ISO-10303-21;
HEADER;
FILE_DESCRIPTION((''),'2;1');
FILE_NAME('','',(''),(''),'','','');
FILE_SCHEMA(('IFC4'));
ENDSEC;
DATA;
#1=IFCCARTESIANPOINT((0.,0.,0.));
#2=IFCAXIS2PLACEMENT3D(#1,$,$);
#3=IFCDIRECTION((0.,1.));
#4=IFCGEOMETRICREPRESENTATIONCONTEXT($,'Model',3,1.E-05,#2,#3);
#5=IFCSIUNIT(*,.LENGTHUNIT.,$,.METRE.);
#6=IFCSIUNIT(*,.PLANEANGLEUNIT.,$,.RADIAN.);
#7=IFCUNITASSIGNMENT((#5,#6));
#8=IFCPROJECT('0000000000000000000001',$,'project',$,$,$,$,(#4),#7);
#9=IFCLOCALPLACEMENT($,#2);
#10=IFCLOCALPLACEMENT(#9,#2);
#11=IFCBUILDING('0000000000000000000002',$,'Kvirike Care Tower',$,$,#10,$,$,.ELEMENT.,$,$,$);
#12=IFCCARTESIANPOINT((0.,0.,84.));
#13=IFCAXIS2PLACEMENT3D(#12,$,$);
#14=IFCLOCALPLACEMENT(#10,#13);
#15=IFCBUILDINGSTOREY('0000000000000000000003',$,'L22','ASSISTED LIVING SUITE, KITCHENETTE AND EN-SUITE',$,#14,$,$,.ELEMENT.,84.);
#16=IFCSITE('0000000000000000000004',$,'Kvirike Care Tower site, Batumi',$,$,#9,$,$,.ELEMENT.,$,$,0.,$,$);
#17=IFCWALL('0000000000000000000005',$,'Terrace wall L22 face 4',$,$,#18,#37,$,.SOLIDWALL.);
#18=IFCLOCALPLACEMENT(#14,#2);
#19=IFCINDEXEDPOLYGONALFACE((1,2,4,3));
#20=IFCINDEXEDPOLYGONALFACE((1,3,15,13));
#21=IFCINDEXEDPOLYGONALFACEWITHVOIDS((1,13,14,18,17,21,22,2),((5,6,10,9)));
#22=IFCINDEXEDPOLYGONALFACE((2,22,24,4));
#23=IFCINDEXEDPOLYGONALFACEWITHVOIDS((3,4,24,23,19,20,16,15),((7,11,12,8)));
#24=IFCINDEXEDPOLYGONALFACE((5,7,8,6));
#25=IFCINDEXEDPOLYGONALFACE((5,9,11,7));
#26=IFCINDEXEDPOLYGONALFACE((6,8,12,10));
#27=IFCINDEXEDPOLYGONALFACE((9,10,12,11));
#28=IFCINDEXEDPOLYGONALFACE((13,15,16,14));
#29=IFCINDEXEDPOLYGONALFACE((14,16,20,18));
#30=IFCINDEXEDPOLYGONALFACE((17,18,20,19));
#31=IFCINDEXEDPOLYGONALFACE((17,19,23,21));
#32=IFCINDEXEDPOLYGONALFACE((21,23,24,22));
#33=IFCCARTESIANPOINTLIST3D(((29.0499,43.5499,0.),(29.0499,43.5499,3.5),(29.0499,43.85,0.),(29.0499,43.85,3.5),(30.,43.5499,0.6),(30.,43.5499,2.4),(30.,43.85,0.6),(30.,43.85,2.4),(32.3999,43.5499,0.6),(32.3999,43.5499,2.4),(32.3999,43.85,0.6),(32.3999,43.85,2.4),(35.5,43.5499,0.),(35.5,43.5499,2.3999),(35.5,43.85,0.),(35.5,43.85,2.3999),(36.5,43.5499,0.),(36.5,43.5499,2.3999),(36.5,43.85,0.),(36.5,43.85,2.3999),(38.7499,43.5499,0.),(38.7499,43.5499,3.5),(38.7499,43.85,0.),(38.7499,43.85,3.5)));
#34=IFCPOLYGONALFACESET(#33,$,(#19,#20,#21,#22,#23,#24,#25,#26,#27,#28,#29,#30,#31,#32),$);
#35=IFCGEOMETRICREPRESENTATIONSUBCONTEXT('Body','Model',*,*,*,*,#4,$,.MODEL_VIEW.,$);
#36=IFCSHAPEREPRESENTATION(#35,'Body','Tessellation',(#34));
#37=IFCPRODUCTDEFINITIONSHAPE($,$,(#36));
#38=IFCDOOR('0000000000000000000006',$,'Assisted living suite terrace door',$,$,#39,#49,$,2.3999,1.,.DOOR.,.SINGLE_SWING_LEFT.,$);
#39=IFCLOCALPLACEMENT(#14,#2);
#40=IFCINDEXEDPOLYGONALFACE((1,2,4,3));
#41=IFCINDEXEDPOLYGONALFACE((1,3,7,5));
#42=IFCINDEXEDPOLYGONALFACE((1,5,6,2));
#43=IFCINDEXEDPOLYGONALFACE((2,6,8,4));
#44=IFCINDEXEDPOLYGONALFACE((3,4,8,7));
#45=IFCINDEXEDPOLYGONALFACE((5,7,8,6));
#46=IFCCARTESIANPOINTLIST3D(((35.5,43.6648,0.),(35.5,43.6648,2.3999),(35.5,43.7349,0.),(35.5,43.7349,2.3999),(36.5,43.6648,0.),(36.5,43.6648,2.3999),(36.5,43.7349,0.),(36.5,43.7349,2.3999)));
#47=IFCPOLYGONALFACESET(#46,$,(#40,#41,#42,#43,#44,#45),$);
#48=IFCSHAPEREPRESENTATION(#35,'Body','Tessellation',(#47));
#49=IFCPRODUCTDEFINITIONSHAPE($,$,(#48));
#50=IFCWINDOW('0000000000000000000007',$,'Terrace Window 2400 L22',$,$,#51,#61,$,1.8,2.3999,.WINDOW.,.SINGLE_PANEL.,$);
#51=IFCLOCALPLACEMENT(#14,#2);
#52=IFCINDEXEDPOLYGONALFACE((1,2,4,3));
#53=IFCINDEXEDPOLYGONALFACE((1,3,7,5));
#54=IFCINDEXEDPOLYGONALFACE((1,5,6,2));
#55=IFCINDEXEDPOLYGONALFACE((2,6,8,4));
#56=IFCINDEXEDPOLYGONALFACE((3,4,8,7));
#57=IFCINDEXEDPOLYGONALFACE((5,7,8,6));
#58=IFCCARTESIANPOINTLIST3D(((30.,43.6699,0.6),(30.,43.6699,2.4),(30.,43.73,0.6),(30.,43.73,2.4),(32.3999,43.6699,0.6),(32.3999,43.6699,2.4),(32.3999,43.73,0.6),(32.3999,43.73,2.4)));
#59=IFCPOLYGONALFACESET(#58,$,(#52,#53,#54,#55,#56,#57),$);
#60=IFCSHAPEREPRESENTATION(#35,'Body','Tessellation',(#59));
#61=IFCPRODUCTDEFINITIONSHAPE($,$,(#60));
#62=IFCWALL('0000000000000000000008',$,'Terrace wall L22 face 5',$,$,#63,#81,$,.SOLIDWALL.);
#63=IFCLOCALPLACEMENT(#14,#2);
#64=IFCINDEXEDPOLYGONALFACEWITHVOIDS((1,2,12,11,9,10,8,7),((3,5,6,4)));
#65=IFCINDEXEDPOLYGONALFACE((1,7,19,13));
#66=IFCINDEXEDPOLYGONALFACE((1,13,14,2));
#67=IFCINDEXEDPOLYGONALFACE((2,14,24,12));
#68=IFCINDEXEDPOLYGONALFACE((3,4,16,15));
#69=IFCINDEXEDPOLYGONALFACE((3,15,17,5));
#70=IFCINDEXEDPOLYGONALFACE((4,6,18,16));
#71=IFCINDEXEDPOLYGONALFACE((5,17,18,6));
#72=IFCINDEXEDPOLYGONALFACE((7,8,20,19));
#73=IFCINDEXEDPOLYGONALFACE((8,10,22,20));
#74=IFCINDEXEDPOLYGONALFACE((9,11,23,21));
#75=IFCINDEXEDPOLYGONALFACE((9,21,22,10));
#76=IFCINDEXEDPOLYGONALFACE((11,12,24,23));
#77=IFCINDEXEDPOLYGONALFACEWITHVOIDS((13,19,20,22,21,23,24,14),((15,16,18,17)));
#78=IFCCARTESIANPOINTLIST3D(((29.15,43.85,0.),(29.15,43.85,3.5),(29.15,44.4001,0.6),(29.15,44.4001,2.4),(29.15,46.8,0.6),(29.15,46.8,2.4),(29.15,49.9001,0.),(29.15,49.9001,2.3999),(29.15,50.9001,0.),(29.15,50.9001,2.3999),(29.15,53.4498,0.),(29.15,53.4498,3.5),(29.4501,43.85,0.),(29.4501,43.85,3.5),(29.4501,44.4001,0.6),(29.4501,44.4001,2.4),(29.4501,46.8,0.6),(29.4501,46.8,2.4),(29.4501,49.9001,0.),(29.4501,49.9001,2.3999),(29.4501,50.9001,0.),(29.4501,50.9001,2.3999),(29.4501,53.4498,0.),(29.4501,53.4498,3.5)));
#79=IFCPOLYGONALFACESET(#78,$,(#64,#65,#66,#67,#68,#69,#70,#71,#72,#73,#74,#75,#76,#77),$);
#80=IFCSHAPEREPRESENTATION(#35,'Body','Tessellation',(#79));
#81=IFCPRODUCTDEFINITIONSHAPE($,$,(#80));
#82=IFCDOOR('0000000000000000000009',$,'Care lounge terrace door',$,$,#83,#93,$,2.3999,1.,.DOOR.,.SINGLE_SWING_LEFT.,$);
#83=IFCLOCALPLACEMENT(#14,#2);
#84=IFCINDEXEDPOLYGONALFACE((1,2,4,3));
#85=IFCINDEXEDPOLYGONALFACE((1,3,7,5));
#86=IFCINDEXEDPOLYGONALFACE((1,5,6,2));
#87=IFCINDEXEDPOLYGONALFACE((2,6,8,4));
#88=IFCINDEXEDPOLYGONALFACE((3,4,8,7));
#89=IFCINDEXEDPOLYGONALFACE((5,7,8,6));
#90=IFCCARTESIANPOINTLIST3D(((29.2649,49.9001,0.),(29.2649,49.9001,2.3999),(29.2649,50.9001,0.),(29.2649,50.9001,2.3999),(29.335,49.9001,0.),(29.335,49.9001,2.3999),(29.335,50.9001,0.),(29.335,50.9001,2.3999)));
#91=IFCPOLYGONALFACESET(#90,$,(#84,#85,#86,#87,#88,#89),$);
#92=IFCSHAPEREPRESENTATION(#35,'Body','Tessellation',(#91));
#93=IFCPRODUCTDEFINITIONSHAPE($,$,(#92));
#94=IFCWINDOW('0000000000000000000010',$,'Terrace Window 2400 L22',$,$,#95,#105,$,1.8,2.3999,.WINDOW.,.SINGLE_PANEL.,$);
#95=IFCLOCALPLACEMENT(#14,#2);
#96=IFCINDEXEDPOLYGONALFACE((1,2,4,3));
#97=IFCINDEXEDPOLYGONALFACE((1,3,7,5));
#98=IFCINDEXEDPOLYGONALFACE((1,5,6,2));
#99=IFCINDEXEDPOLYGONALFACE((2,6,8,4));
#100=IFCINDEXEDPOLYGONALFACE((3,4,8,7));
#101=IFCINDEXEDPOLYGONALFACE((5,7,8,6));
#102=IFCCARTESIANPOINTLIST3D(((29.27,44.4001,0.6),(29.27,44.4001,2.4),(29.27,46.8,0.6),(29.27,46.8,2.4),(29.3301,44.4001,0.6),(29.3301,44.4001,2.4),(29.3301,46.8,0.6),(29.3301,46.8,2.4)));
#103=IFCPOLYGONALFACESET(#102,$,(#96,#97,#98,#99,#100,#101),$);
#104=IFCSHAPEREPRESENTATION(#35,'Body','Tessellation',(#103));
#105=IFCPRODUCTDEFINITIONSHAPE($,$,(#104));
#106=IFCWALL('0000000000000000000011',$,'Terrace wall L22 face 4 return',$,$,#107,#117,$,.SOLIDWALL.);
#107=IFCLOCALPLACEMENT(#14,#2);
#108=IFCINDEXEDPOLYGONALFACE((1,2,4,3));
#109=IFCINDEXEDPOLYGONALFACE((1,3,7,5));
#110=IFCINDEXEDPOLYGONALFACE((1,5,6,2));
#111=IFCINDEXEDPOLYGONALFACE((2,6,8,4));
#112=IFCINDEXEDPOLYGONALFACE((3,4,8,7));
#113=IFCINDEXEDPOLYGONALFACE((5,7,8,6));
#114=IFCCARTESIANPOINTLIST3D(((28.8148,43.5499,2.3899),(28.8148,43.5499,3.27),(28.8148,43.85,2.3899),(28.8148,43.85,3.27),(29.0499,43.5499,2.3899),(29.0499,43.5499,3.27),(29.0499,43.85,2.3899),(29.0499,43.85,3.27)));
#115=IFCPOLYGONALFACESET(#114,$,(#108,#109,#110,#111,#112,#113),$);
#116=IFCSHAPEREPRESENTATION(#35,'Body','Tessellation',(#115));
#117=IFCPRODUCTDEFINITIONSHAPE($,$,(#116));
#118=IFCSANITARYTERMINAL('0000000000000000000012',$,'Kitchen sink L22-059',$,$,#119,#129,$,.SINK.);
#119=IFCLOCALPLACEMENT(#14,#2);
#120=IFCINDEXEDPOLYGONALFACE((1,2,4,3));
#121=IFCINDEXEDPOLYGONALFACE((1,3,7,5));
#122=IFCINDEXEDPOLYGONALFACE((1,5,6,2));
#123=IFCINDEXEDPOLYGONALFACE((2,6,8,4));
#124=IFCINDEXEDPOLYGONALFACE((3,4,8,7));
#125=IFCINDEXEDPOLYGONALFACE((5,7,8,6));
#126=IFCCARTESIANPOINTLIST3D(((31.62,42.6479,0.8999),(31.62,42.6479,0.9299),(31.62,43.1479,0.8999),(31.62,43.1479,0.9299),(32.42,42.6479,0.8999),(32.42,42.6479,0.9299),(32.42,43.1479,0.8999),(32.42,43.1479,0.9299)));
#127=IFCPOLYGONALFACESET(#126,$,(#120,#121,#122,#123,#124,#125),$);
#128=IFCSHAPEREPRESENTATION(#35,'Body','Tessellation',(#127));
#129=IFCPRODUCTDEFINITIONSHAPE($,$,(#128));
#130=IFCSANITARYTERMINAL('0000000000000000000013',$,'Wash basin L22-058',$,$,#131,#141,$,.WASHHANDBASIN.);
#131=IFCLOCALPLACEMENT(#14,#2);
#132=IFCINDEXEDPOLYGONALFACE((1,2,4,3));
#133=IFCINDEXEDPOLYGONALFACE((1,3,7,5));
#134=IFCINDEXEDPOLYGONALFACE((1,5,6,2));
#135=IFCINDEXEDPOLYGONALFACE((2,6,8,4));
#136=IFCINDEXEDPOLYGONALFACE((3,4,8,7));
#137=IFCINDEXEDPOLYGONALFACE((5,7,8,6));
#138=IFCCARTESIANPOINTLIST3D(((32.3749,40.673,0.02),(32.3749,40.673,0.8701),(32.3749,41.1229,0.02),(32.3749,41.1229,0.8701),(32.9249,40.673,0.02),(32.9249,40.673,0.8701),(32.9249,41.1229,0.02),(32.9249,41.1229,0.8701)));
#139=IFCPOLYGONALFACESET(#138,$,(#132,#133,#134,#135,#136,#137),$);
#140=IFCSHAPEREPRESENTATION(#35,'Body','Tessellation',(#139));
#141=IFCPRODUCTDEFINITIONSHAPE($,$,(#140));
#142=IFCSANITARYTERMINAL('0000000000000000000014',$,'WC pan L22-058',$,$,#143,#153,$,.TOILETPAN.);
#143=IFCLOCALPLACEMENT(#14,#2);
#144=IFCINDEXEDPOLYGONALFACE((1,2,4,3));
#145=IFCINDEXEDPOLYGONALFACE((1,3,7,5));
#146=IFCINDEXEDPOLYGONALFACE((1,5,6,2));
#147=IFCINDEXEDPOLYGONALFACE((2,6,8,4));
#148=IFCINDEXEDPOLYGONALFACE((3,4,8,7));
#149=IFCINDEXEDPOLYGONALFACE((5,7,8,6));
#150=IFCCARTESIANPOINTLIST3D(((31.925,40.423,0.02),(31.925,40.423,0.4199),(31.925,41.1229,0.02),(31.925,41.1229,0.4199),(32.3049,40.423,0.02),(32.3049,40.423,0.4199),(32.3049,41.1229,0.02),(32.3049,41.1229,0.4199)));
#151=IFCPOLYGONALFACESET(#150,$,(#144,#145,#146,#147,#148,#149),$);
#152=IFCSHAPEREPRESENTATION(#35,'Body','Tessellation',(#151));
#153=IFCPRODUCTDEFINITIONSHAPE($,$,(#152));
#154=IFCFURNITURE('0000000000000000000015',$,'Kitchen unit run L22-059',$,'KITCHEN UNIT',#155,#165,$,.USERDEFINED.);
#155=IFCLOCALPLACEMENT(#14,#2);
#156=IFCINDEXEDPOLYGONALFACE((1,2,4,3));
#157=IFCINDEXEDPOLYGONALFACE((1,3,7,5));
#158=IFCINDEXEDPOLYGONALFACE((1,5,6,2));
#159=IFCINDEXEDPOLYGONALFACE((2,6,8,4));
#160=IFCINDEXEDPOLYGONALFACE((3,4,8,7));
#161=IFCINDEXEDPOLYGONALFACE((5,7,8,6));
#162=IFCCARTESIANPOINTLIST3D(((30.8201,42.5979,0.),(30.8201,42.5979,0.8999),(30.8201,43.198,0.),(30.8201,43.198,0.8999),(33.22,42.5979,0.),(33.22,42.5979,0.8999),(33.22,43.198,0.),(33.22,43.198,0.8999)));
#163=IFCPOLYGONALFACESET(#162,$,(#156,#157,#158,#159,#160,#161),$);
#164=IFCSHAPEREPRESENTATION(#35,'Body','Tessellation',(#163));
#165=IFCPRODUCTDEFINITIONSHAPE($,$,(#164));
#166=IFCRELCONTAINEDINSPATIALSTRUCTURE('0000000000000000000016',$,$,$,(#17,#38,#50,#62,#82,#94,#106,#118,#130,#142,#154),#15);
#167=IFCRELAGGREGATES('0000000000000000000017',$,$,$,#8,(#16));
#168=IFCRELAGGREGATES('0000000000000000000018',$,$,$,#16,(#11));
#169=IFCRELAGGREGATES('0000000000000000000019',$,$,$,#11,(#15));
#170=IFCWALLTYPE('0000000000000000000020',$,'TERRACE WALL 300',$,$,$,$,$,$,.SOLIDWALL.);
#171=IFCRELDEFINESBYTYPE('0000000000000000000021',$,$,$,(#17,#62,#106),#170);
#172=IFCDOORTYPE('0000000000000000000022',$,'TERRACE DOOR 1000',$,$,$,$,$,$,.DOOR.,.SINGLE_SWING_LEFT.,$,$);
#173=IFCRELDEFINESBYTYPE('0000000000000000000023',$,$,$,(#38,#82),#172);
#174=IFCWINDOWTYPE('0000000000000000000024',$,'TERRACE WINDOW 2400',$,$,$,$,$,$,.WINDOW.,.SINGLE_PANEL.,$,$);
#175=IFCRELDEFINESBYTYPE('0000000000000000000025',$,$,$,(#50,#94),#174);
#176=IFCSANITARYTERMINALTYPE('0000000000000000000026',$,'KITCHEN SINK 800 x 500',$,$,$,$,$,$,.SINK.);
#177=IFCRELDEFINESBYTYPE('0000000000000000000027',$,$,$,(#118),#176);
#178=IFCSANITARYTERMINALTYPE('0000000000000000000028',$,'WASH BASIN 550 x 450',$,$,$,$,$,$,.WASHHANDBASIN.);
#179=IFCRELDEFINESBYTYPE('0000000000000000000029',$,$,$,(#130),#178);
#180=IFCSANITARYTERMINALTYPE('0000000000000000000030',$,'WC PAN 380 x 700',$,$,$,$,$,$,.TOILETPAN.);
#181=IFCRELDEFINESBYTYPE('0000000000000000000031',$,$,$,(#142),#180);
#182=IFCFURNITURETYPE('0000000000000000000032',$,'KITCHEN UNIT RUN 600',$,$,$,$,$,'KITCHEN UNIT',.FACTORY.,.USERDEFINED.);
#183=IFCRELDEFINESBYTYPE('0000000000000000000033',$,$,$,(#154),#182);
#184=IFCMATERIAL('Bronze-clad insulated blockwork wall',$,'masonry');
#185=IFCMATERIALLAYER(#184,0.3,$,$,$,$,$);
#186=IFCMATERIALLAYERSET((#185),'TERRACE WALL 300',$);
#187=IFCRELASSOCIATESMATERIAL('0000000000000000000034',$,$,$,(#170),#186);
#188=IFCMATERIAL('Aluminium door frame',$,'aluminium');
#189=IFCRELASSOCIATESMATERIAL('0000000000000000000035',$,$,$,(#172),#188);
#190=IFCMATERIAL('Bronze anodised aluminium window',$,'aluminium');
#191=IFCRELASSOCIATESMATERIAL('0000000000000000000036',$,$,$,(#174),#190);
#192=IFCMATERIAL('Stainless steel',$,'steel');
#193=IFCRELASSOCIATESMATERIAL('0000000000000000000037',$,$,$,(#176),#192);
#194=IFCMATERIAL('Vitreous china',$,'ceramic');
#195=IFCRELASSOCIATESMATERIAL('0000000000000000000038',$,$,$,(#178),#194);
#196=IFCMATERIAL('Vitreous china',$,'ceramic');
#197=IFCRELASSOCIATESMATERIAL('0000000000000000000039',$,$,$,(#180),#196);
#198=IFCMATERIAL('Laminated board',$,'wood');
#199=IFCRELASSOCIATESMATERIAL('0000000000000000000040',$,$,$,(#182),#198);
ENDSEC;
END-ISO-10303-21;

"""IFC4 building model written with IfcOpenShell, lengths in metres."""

from ifc_helpers import new_model, si_unit, direction, frame, frame_2d, origin, origin_2d, place, context, subcontext, project, spatial, rectangle, extrude, material, layer, layer_set, type_object, element, fill, save


model = new_model("IFC4")

# Units and contexts
model_context = context("Model", 3, precision=1e-05, world=origin(), true_north=direction((0.0, 1.0)))
body_context = subcontext(model_context, "Body", "Model", "MODEL_VIEW")
ifc_project = project(units=[si_unit("LENGTHUNIT", "METRE"), si_unit("PLANEANGLEUNIT", "RADIAN")], contexts=[model_context])

# Site, building, storey
site_placement = place(None, origin())
site = spatial("IfcSite", under=ifc_project, at=site_placement, Name="Kvirike Care Tower site, Batumi", CompositionType="ELEMENT", RefElevation=0.0)
building_placement = place(site_placement, origin())
building = spatial("IfcBuilding", under=site, at=building_placement, Name="Kvirike Care Tower", CompositionType="ELEMENT")
storey_placement = place(building_placement, frame((0.0, 0.0, 84.0)))
storey = spatial("IfcBuildingStorey", under=building, at=storey_placement, Name="L22", Description="ASSISTED LIVING SUITE, KITCHENETTE AND EN-SUITE", CompositionType="ELEMENT", Elevation=84.0)

# Walls, openings, doors, windows
ifc_material_1 = material(Name="Bronze-clad insulated blockwork wall", Category="masonry")
ifc_layer_1 = layer(ifc_material_1, 0.3)
ifc_layer_set_1 = layer_set([ifc_layer_1], Name="TERRACE WALL 300")
wall_type_1 = type_object("IfcWallType", Name="TERRACE WALL 300", PredefinedType="SOLIDWALL", material=ifc_layer_set_1)
wall_1_placement = place(storey_placement, frame((38.75, 43.7, 0.0), z_axis=(0.0, 0.0, 1.0), x_axis=(-1.0, 0.0, 0.0)))
wall_1 = element("IfcWall", 1, at=wall_1_placement, inside=storey, type_object=wall_type_1, Name="Terrace wall L22 face 4", PredefinedType="SOLIDWALL", context=body_context, shape_type="SweptSolid", body=[
    extrude(rectangle(XDim=9.7, YDim=0.3, at=frame_2d((4.8501, 0.0))), origin(), (0.0, 0.0, 1.0), 3.5),
])
opening_1_placement = place(wall_1_placement, frame((2.25, 0.0, 0.0)))
opening_1 = element("IfcOpeningElement", 2, at=opening_1_placement, cuts=wall_1, PredefinedType="OPENING", context=body_context, shape_type="SweptSolid", body=[
    extrude(rectangle(XDim=1.0, YDim=2.3999, at=frame_2d((0.5, 1.2))), frame((0.0, 0.1606, 0.0), z_axis=(0.0, -1.0, 0.0), x_axis=(1.0, 0.0, 0.0)), (0.0, 0.0, 1.0), 0.321),
])
opening_2_placement = place(wall_1_placement, frame((6.3501, 0.0, 0.6001)))
opening_2 = element("IfcOpeningElement", 3, at=opening_2_placement, cuts=wall_1, PredefinedType="OPENING", context=body_context, shape_type="SweptSolid", body=[
    extrude(rectangle(XDim=2.3999, YDim=1.8, at=frame_2d((1.2, 0.8999))), frame((0.0, 0.1606, 0.0), z_axis=(0.0, -1.0, 0.0), x_axis=(1.0, 0.0, 0.0)), (0.0, 0.0, 1.0), 0.321),
])
ifc_material_2 = material(Name="Aluminium door frame", Category="aluminium")
door_type_1 = type_object("IfcDoorType", Name="TERRACE DOOR 1000", OperationType="SINGLE_SWING_LEFT", PredefinedType="DOOR", material=ifc_material_2)
door_1_placement = place(opening_1_placement, origin())
door_1 = element("IfcDoor", 4, at=door_1_placement, inside=storey, type_object=door_type_1, Name="Assisted living suite terrace door", OperationType="SINGLE_SWING_LEFT", OverallHeight=2.3999, OverallWidth=1.0, PredefinedType="DOOR", context=body_context, shape_type="SweptSolid", body=[
    extrude(rectangle(XDim=1.0, YDim=2.3999, at=frame_2d((0.5, 1.2))), frame((0.0, 0.0352, 0.0), z_axis=(0.0, -1.0, 0.0), x_axis=(1.0, 0.0, 0.0)), (0.0, 0.0, 1.0), 0.0701),
])
fill(opening_1, door_1)
ifc_material_3 = material(Name="Bronze anodised aluminium window", Category="aluminium")
window_type = type_object("IfcWindowType", Name="TERRACE WINDOW 2400", PartitioningType="SINGLE_PANEL", PredefinedType="WINDOW", material=ifc_material_3)
window_1_placement = place(opening_2_placement, origin())
window_1 = element("IfcWindow", 5, at=window_1_placement, inside=storey, type_object=window_type, Name="Terrace Window 2400 L22", OverallHeight=1.8, OverallWidth=2.3999, PartitioningType="SINGLE_PANEL", PredefinedType="WINDOW", context=body_context, shape_type="SweptSolid", body=[
    extrude(rectangle(XDim=2.3999, YDim=1.8, at=frame_2d((1.2, 0.8999))), frame((0.0, 0.03, 0.0), z_axis=(0.0, -1.0, 0.0), x_axis=(1.0, 0.0, 0.0)), (0.0, 0.0, 1.0), 0.0601),
])
fill(opening_2, window_1)
wall_2_placement = place(storey_placement, frame((29.3, 43.8501, 0.0), z_axis=(0.0, 0.0, 1.0), x_axis=(0.0, 1.0, 0.0)))
wall_2 = element("IfcWall", 6, at=wall_2_placement, inside=storey, type_object=wall_type_1, Name="Terrace wall L22 face 5", PredefinedType="SOLIDWALL", context=body_context, shape_type="SweptSolid", body=[
    extrude(rectangle(XDim=9.5999, YDim=0.3, at=frame_2d((4.7998, 0.0))), origin(), (0.0, 0.0, 1.0), 3.5),
])
opening_3_placement = place(wall_2_placement, frame((6.05, 0.0, 0.0)))
opening_3 = element("IfcOpeningElement", 7, at=opening_3_placement, cuts=wall_2, PredefinedType="OPENING", context=body_context, shape_type="SweptSolid", body=[
    extrude(rectangle(XDim=1.0, YDim=2.3999, at=frame_2d((0.5, 1.2))), frame((0.0, 0.1606, 0.0), z_axis=(0.0, -1.0, 0.0), x_axis=(1.0, 0.0, 0.0)), (0.0, 0.0, 1.0), 0.321),
])
opening_4_placement = place(wall_2_placement, frame((0.55, 0.0, 0.6001)))
opening_4 = element("IfcOpeningElement", 8, at=opening_4_placement, cuts=wall_2, PredefinedType="OPENING", context=body_context, shape_type="SweptSolid", body=[
    extrude(rectangle(XDim=2.3999, YDim=1.8, at=frame_2d((1.2, 0.8999))), frame((0.0, 0.1606, 0.0), z_axis=(0.0, -1.0, 0.0), x_axis=(1.0, 0.0, 0.0)), (0.0, 0.0, 1.0), 0.321),
])
door_2_placement = place(opening_3_placement, origin())
door_2 = element("IfcDoor", 9, at=door_2_placement, inside=storey, type_object=door_type_1, Name="Care lounge terrace door", OperationType="SINGLE_SWING_LEFT", OverallHeight=2.3999, OverallWidth=1.0, PredefinedType="DOOR", context=body_context, shape_type="SweptSolid", body=[
    extrude(rectangle(XDim=1.0, YDim=2.3999, at=frame_2d((0.5, 1.2))), frame((0.0, 0.0352, 0.0), z_axis=(0.0, -1.0, 0.0), x_axis=(1.0, 0.0, 0.0)), (0.0, 0.0, 1.0), 0.0701),
])
fill(opening_3, door_2)
window_2_placement = place(opening_4_placement, origin())
window_2 = element("IfcWindow", 10, at=window_2_placement, inside=storey, type_object=window_type, Name="Terrace Window 2400 L22", OverallHeight=1.8, OverallWidth=2.3999, PartitioningType="SINGLE_PANEL", PredefinedType="WINDOW", context=body_context, shape_type="SweptSolid", body=[
    extrude(rectangle(XDim=2.3999, YDim=1.8, at=frame_2d((1.2, 0.8999))), frame((0.0, 0.03, 0.0), z_axis=(0.0, -1.0, 0.0), x_axis=(1.0, 0.0, 0.0)), (0.0, 0.0, 1.0), 0.0601),
])
fill(opening_4, window_2)

# Wall
wall_3_placement = place(storey_placement, frame((29.05, 43.7, 2.3899), z_axis=(0.0, 0.0, 1.0), x_axis=(-1.0, 0.0, 0.0)))
element("IfcWall", 11, at=wall_3_placement, inside=storey, type_object=wall_type_1, Name="Terrace wall L22 face 4 return", PredefinedType="SOLIDWALL", context=body_context, shape_type="SweptSolid", body=[
    extrude(rectangle(XDim=0.2351, YDim=0.3, at=frame_2d((0.1177, 0.0))), origin(), (0.0, 0.0, 1.0), 0.8801),
])

# Sanitary terminals
ifc_material_4 = material(Name="Stainless steel", Category="steel")
sanitary_terminal_type_1 = type_object("IfcSanitaryTerminalType", Name="KITCHEN SINK 800 x 500", PredefinedType="SINK", material=ifc_material_4)
sanitary_terminal_1_placement = place(storey_placement, frame((32.02, 42.8979, 0.8999), z_axis=(0.0, 0.0, 1.0), x_axis=(1.0, 0.0, 0.0)))
element("IfcSanitaryTerminal", 12, at=sanitary_terminal_1_placement, inside=storey, type_object=sanitary_terminal_type_1, Name="Kitchen sink L22-059", PredefinedType="SINK", context=body_context, shape_type="SweptSolid", body=[
    extrude(rectangle(XDim=0.8, YDim=0.5, at=origin_2d()), origin(), (0.0, 0.0, 1.0), 0.03),
])
ifc_material_5 = material(Name="Vitreous china", Category="ceramic")
sanitary_terminal_type_2 = type_object("IfcSanitaryTerminalType", Name="WASH BASIN 550 x 450", PredefinedType="WASHHANDBASIN", material=ifc_material_5)
sanitary_terminal_2_placement = place(storey_placement, frame((32.6499, 40.8979, 0.02), z_axis=(0.0, 0.0, 1.0), x_axis=(1.0, 0.0, 0.0)))
element("IfcSanitaryTerminal", 13, at=sanitary_terminal_2_placement, inside=storey, type_object=sanitary_terminal_type_2, Name="Wash basin L22-058", PredefinedType="WASHHANDBASIN", context=body_context, shape_type="SweptSolid", body=[
    extrude(rectangle(XDim=0.55, YDim=0.45, at=origin_2d()), origin(), (0.0, 0.0, 1.0), 0.8501),
])
ifc_material_6 = material(Name="Vitreous china", Category="ceramic")
sanitary_terminal_type_3 = type_object("IfcSanitaryTerminalType", Name="WC PAN 380 x 700", PredefinedType="TOILETPAN", material=ifc_material_6)
sanitary_terminal_3_placement = place(storey_placement, frame((32.115, 40.7729, 0.02), z_axis=(0.0, 0.0, 1.0), x_axis=(1.0, 0.0, 0.0)))
element("IfcSanitaryTerminal", 14, at=sanitary_terminal_3_placement, inside=storey, type_object=sanitary_terminal_type_3, Name="WC pan L22-058", PredefinedType="TOILETPAN", context=body_context, shape_type="SweptSolid", body=[
    extrude(rectangle(XDim=0.3799, YDim=0.7, at=origin_2d()), origin(), (0.0, 0.0, 1.0), 0.3999),
])

# Furniture
ifc_material_7 = material(Name="Laminated board", Category="wood")
furniture_type = type_object("IfcFurnitureType", Name="KITCHEN UNIT RUN 600", ElementType="KITCHEN UNIT", AssemblyPlace="FACTORY", PredefinedType="USERDEFINED", material=ifc_material_7)
furniture_placement = place(storey_placement, frame((32.02, 42.8979, 0.0), z_axis=(0.0, 0.0, 1.0), x_axis=(1.0, 0.0, 0.0)))
element("IfcFurniture", 15, at=furniture_placement, inside=storey, type_object=furniture_type, Name="Kitchen unit run L22-059", ObjectType="KITCHEN UNIT", PredefinedType="USERDEFINED", context=body_context, shape_type="SweptSolid", body=[
    extrude(rectangle(XDim=2.3999, YDim=0.6001, at=origin_2d()), origin(), (0.0, 0.0, 1.0), 0.8999),
])

save(model, "model.ifc")
